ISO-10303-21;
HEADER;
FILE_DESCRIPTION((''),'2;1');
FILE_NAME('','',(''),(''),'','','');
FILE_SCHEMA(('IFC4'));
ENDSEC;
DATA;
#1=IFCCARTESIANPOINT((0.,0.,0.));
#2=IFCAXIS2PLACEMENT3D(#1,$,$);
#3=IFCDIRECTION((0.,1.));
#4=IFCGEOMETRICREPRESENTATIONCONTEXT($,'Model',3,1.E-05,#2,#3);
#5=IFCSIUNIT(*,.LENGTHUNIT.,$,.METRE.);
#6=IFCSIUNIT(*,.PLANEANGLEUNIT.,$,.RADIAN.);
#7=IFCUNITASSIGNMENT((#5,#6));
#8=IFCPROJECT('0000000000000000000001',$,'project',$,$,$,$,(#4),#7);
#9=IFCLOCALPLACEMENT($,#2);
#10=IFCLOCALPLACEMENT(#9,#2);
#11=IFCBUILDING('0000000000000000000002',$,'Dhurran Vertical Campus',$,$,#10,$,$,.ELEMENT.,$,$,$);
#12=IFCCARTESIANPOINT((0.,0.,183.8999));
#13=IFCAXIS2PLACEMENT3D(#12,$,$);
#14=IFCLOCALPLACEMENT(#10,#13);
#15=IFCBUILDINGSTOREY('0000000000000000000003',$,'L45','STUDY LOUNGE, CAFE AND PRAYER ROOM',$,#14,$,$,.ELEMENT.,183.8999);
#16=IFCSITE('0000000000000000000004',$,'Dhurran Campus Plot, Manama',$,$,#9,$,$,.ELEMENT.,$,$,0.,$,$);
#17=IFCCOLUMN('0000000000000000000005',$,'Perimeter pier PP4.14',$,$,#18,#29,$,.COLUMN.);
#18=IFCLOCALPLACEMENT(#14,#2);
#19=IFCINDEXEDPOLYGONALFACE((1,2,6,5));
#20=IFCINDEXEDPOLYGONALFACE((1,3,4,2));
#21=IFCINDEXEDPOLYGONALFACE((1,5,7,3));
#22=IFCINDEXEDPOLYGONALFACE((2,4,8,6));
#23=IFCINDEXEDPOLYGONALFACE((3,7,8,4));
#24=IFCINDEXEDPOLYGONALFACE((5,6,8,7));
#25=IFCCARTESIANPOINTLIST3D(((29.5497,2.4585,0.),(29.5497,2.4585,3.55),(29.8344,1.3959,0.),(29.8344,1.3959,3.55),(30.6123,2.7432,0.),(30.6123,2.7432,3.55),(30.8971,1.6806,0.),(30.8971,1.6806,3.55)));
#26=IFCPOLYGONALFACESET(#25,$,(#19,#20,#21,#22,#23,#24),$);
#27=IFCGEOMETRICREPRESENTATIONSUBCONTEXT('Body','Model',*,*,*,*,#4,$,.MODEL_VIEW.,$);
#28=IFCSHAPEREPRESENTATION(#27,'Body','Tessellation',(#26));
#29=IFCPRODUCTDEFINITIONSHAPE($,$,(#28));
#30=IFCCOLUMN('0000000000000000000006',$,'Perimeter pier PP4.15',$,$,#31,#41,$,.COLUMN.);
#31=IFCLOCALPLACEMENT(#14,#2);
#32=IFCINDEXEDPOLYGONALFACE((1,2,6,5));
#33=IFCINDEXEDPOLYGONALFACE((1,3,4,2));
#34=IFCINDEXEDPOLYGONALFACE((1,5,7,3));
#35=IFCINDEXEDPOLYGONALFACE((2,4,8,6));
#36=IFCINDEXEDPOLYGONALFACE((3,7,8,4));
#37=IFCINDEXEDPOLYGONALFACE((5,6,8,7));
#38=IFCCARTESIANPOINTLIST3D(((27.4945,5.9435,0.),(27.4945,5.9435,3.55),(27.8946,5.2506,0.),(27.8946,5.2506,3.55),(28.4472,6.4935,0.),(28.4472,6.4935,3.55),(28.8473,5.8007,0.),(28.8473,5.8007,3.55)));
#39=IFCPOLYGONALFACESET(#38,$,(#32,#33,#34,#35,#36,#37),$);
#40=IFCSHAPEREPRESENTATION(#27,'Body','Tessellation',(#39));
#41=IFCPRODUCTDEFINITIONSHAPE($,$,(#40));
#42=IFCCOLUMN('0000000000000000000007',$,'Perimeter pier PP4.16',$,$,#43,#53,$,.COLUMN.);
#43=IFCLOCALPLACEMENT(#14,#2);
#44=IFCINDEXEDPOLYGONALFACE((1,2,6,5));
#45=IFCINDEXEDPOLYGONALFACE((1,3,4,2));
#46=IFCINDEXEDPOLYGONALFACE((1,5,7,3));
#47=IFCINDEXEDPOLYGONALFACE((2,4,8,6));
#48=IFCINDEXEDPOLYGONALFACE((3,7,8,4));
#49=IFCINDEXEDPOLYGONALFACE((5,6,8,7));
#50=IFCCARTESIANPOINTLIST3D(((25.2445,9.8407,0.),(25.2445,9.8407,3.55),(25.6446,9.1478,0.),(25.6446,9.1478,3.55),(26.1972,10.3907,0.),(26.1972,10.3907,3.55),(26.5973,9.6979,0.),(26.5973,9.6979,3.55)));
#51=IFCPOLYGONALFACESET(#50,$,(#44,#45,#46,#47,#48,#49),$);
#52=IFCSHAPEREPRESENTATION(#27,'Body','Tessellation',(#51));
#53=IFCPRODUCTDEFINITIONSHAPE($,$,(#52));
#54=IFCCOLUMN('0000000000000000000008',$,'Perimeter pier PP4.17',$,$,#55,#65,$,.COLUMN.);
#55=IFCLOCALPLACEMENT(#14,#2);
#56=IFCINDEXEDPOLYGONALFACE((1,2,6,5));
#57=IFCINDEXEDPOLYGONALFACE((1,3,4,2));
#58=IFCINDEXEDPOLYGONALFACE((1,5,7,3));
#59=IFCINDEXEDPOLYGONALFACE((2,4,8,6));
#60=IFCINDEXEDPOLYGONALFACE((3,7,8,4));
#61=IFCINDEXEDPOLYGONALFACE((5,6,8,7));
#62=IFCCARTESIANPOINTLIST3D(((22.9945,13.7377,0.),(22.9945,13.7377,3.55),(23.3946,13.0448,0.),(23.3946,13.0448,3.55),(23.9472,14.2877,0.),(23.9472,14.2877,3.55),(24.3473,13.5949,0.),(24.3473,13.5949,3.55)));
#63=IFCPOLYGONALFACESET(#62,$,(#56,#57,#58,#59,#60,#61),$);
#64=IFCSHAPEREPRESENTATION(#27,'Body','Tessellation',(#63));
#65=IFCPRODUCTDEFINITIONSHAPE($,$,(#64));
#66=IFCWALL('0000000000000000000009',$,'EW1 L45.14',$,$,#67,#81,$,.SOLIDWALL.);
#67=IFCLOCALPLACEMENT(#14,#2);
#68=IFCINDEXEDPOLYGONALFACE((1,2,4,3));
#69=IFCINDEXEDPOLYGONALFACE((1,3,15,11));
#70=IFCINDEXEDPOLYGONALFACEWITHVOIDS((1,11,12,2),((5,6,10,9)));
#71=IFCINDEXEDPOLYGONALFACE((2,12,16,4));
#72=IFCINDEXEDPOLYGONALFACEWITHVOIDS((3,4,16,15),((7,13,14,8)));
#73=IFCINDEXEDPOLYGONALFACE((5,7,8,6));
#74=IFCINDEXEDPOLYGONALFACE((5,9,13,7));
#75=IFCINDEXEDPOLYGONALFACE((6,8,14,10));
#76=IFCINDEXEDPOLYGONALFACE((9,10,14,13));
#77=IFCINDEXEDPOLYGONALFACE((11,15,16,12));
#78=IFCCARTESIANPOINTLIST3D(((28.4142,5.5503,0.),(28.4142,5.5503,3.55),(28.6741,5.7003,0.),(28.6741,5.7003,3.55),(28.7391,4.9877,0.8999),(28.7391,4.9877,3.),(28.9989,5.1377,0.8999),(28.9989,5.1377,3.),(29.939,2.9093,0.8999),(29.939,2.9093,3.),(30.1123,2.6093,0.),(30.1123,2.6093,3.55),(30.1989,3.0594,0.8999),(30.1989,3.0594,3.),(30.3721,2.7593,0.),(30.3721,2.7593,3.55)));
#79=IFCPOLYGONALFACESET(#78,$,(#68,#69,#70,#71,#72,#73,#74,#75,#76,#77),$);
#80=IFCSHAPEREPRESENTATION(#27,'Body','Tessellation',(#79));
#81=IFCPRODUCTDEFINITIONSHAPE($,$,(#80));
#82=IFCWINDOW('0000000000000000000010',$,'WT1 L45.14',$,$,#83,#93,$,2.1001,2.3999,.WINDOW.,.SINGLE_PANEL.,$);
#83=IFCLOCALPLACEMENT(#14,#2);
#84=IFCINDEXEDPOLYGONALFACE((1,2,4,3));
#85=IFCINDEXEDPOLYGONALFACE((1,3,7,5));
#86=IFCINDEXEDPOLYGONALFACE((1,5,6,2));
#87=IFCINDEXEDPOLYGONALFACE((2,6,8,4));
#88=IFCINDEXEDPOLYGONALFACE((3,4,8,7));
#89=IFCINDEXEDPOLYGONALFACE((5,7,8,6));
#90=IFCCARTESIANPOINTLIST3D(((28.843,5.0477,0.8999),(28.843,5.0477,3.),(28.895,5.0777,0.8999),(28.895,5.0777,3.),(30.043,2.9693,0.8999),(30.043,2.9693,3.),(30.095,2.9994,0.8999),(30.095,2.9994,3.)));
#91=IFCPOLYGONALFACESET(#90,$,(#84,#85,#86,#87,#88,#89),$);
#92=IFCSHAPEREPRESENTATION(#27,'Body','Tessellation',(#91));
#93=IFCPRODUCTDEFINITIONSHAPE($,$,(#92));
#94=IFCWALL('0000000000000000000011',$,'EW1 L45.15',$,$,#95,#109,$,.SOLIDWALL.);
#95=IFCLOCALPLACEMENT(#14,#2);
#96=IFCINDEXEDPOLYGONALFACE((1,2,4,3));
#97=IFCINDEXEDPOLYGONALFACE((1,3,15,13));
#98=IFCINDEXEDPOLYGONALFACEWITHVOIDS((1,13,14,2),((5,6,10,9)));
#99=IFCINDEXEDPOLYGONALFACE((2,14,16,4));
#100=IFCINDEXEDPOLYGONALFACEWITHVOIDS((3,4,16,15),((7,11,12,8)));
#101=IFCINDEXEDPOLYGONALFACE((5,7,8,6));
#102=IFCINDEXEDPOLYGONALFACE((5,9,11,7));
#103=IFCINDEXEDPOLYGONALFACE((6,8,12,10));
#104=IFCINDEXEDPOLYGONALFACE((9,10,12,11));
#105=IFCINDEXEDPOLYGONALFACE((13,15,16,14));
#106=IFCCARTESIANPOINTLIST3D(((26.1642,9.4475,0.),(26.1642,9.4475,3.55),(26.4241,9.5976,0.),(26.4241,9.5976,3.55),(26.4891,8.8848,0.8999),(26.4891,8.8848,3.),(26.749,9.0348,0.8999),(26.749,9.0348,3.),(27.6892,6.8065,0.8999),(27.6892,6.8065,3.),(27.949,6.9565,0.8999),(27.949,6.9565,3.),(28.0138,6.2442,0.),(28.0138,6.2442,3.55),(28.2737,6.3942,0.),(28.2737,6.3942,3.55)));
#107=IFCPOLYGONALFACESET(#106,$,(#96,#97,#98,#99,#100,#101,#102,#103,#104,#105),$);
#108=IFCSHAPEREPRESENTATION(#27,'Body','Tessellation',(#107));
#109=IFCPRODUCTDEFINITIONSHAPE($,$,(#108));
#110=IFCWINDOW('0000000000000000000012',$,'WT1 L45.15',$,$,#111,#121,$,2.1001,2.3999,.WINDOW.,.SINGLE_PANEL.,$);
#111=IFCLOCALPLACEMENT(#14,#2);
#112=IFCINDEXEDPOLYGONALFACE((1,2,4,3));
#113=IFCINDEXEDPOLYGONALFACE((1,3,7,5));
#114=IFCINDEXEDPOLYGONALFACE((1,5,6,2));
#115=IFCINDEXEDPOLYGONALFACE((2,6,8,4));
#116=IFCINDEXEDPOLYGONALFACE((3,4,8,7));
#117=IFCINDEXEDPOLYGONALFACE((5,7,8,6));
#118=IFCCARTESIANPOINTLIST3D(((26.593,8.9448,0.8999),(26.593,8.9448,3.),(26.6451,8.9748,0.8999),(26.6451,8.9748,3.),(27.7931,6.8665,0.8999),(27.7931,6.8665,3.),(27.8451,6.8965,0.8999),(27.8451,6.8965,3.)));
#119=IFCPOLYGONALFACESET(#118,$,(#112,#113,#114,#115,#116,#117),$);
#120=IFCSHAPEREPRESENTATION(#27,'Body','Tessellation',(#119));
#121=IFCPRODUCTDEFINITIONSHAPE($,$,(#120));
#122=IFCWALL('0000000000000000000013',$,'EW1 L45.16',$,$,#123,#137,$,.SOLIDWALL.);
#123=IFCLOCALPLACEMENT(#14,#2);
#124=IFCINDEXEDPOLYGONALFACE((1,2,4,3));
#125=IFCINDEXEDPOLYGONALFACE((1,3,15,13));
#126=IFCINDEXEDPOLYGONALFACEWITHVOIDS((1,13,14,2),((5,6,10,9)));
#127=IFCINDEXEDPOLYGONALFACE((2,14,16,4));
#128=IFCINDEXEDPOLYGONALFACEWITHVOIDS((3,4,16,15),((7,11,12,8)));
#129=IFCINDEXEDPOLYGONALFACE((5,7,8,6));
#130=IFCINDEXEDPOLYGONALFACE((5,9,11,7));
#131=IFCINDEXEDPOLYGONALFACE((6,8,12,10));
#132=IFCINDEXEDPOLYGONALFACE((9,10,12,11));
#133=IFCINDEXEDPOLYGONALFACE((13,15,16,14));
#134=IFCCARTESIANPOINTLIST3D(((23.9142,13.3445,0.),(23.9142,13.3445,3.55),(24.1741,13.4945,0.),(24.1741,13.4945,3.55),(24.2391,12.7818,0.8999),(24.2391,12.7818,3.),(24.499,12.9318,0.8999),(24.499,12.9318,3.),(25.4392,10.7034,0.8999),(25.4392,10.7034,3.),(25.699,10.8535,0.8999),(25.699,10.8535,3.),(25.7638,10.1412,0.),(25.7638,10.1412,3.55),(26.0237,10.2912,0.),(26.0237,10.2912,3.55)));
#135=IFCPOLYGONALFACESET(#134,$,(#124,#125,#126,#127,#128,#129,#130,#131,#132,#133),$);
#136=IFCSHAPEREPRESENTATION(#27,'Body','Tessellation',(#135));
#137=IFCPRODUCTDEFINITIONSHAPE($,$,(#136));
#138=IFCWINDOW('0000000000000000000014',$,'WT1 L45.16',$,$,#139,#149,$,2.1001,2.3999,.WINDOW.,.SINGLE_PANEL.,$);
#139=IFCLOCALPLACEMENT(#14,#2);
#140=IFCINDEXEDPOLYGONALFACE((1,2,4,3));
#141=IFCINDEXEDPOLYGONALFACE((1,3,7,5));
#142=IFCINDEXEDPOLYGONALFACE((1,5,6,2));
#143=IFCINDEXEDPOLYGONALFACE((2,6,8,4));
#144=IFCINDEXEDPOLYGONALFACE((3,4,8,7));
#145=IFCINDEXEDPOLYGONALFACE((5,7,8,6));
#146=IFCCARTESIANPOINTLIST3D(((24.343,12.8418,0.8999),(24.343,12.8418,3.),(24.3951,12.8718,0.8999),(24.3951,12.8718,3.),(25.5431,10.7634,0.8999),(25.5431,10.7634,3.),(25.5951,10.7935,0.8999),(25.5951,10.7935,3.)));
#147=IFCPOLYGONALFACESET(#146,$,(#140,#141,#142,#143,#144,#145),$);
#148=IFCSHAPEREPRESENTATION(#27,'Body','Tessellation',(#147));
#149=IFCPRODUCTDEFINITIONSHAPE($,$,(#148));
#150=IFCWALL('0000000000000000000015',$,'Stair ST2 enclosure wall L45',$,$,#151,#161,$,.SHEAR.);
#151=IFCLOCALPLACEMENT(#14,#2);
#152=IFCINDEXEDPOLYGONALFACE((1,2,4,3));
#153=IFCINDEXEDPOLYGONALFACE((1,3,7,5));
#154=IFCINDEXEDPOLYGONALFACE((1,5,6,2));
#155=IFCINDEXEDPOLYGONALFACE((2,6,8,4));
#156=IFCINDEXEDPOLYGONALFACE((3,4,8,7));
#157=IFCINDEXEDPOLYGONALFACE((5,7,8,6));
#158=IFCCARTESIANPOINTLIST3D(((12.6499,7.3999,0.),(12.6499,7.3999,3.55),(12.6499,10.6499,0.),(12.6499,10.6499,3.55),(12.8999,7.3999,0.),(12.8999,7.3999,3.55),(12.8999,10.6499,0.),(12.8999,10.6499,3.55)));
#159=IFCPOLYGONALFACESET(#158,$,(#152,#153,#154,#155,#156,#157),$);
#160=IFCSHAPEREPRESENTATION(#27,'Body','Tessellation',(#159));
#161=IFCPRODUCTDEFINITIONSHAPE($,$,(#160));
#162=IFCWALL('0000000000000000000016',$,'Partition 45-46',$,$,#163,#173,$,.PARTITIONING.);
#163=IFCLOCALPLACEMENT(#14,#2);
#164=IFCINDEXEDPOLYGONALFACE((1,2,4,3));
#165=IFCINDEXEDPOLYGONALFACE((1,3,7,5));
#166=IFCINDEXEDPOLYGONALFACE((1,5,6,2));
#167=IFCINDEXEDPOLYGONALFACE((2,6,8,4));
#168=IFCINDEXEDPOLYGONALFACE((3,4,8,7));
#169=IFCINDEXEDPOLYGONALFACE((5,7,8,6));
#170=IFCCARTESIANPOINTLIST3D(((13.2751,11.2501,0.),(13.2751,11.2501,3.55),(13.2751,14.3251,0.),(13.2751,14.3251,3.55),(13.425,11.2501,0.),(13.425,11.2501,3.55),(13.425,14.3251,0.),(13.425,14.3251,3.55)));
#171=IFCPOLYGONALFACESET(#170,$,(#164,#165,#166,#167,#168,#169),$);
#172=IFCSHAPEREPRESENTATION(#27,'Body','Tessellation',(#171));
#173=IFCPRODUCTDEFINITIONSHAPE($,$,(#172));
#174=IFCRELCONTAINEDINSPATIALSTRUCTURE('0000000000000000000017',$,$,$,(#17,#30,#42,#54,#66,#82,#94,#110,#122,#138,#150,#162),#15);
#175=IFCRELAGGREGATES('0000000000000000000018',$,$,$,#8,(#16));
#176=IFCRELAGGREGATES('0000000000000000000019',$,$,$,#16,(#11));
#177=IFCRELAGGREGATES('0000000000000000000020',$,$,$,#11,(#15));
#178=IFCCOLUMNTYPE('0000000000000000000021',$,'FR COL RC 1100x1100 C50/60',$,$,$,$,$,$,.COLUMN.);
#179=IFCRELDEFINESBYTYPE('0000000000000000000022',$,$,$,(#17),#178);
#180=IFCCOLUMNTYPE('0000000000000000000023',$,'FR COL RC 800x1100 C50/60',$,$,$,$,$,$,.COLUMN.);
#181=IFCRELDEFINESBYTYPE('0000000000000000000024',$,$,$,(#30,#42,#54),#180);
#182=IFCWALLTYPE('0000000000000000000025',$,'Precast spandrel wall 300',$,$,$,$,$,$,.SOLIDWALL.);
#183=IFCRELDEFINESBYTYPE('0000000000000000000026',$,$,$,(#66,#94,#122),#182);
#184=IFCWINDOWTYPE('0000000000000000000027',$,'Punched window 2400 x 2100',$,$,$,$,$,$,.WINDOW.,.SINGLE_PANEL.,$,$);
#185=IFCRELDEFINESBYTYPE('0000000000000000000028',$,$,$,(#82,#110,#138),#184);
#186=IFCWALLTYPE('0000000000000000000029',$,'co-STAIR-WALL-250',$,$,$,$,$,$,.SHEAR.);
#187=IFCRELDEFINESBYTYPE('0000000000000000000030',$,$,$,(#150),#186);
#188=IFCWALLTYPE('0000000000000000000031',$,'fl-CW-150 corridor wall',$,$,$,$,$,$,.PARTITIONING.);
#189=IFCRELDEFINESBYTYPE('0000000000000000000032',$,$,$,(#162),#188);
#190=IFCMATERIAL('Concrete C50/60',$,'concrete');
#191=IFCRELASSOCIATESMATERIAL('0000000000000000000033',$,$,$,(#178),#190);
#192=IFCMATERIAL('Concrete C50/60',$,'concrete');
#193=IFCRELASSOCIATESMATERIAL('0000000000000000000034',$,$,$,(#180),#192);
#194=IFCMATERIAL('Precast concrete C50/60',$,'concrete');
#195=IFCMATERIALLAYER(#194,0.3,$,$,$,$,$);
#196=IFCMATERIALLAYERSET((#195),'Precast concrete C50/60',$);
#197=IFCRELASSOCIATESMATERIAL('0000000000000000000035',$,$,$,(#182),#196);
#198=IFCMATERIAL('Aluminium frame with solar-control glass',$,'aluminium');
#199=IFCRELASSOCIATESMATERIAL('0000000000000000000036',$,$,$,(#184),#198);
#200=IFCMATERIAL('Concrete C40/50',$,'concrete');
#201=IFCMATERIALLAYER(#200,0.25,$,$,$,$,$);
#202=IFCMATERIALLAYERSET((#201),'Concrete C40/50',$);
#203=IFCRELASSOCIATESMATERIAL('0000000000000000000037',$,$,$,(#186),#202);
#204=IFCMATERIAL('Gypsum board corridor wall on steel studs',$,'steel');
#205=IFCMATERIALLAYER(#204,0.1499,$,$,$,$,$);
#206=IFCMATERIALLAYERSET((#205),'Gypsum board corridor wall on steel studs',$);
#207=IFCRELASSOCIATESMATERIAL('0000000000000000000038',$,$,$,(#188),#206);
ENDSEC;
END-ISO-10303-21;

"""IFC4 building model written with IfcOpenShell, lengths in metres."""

from ifc_helpers import new_model, si_unit, direction, frame, frame_2d, origin, origin_2d, place, context, subcontext, project, spatial, rectangle, extrude, material, layer, layer_set, material_profile, profile_set, type_object, element, fill, save


model = new_model("IFC4")

# Units and contexts
model_context = context("Model", 3, precision=1e-05, world=origin(), true_north=direction((0.0, 1.0)))
body_context = subcontext(model_context, "Body", "Model", "MODEL_VIEW")
ifc_project = project(units=[si_unit("LENGTHUNIT", "METRE"), si_unit("PLANEANGLEUNIT", "RADIAN")], contexts=[model_context])

# Site, building, storey
site_placement = place(None, origin())
site = spatial("IfcSite", under=ifc_project, at=site_placement, Name="Dhurran Campus Plot, Manama", CompositionType="ELEMENT", RefElevation=0.0)
building_placement = place(site_placement, origin())
building = spatial("IfcBuilding", under=site, at=building_placement, Name="Dhurran Vertical Campus", CompositionType="ELEMENT")
storey_placement = place(building_placement, frame((0.0, 0.0, 183.8999)))
storey = spatial("IfcBuildingStorey", under=building, at=storey_placement, Name="L45", Description="STUDY LOUNGE, CAFE AND PRAYER ROOM", CompositionType="ELEMENT", Elevation=183.8999)

# Columns
ifc_material_1 = material(Name="Concrete C50/60", Category="concrete")
ifc_material_profile_1 = material_profile(ifc_material_1, rectangle(XDim=1.1001, YDim=1.1001, at=origin_2d()), Name="RC 1100x1100")
ifc_profile_set_1 = profile_set([ifc_material_profile_1], Name="Concrete C50/60")
column_type_1 = type_object("IfcColumnType", Name="FR COL RC 1100x1100 C50/60", PredefinedType="COLUMN", material=ifc_profile_set_1)
column_placement = place(storey_placement, frame((30.2234, 2.0696, 0.0), z_axis=(0.0, 0.0, 1.0), x_axis=(-0.258819, 0.965926, 0.0)))
element("IfcColumn", 1, at=column_placement, inside=storey, type_object=column_type_1, Name="Perimeter pier PP4.14", PredefinedType="COLUMN", context=body_context, shape_type="SweptSolid", body=[
    extrude(rectangle(XDim=1.1001, YDim=1.1001, at=origin_2d()), origin(), (0.0, 0.0, 1.0), 3.55),
])
ifc_material_2 = material(Name="Concrete C50/60", Category="concrete")
ifc_material_profile_2 = material_profile(ifc_material_2, rectangle(XDim=0.8, YDim=1.1001, at=origin_2d()), Name="RC 800x1100")
ifc_profile_set_2 = profile_set([ifc_material_profile_2], Name="Concrete C50/60")
column_type_2 = type_object("IfcColumnType", Name="FR COL RC 800x1100 C50/60", PredefinedType="COLUMN", material=ifc_profile_set_2)
for number, where, z_axis, x_axis, name in (
    (2, (28.1709, 5.8721, 0.0), (0.0, 0.0, 1.0), (-0.5, 0.866025, 0.0), "Perimeter pier PP4.15"),
    (3, (25.9209, 9.7693, 0.0), (0.0, 0.0, 1.0), (-0.5, 0.866025, 0.0), "Perimeter pier PP4.16"),
    (4, (23.6709, 13.6663, 0.0), (0.0, 0.0, 1.0), (-0.5, 0.866025, 0.0), "Perimeter pier PP4.17"),
):
    element("IfcColumn", number, at=place(storey_placement, frame(where, z_axis=z_axis, x_axis=x_axis)), inside=storey, type_object=column_type_2, Name=name, PredefinedType="COLUMN", context=body_context, shape_type="SweptSolid", body=[
        extrude(rectangle(XDim=0.8, YDim=1.1001, at=origin_2d()), origin(), (0.0, 0.0, 1.0), 3.55),
    ])

# Walls, openings, windows
ifc_material_3 = material(Name="Precast concrete C50/60", Category="concrete")
ifc_layer_1 = layer(ifc_material_3, 0.3)
ifc_layer_set_1 = layer_set([ifc_layer_1], Name="Precast concrete C50/60")
wall_type_1 = type_object("IfcWallType", Name="Precast spandrel wall 300", PredefinedType="SOLIDWALL", material=ifc_layer_set_1)
wall_1_placement = place(storey_placement, frame((30.2422, 2.6843, 0.0), z_axis=(0.0, 0.0, 1.0), x_axis=(-0.500013, 0.866018, 0.0)))
wall_1 = element("IfcWall", 5, at=wall_1_placement, inside=storey, type_object=wall_type_1, Name="EW1 L45.14", PredefinedType="SOLIDWALL", context=body_context, shape_type="SweptSolid", body=[
    extrude(rectangle(XDim=3.396, YDim=0.3, at=frame_2d((1.698, 0.0))), origin(), (0.0, 0.0, 1.0), 3.55),
])
opening_1_placement = place(wall_1_placement, frame((0.3464, 0.0, 0.8999)))
opening_1 = element("IfcOpeningElement", 6, at=opening_1_placement, cuts=wall_1, PredefinedType="OPENING", context=body_context, shape_type="SweptSolid", body=[
    extrude(rectangle(XDim=2.3999, YDim=2.1001, at=frame_2d((1.2, 1.05))), frame((0.0, 0.1599, 0.0), z_axis=(0.0, -1.0, 0.0), x_axis=(1.0, 0.0, 0.0)), (0.0, 0.0, 1.0), 0.3201),
])
ifc_material_4 = material(Name="Aluminium frame with solar-control glass", Category="aluminium")
window_type = type_object("IfcWindowType", Name="Punched window 2400 x 2100", PartitioningType="SINGLE_PANEL", PredefinedType="WINDOW", material=ifc_material_4)
window_1_placement = place(opening_1_placement, origin())
window_1 = element("IfcWindow", 7, at=window_1_placement, inside=storey, type_object=window_type, Name="WT1 L45.14", OverallHeight=2.1001, OverallWidth=2.3999, PartitioningType="SINGLE_PANEL", PredefinedType="WINDOW", context=body_context, shape_type="SweptSolid", body=[
    extrude(rectangle(XDim=2.3999, YDim=2.1001, at=frame_2d((1.2, 1.05))), frame((0.0, 0.03, 0.0), z_axis=(0.0, -1.0, 0.0), x_axis=(1.0, 0.0, 0.0)), (0.0, 0.0, 1.0), 0.0601),
])
fill(opening_1, window_1)
wall_2_placement = place(storey_placement, frame((28.1438, 6.3191, 0.0), z_axis=(0.0, 0.0, 1.0), x_axis=(-0.500029, 0.866009, 0.0)))
wall_2 = element("IfcWall", 8, at=wall_2_placement, inside=storey, type_object=wall_type_1, Name="EW1 L45.15", PredefinedType="SOLIDWALL", context=body_context, shape_type="SweptSolid", body=[
    extrude(rectangle(XDim=3.699, YDim=0.3, at=frame_2d((1.8496, 0.0))), origin(), (0.0, 0.0, 1.0), 3.55),
])
opening_2_placement = place(wall_2_placement, frame((0.6494, 0.0, 0.8999)))
opening_2 = element("IfcOpeningElement", 9, at=opening_2_placement, cuts=wall_2, PredefinedType="OPENING", context=body_context, shape_type="SweptSolid", body=[
    extrude(rectangle(XDim=2.3999, YDim=2.1001, at=frame_2d((1.2, 1.05))), frame((0.0, 0.1599, 0.0), z_axis=(0.0, -1.0, 0.0), x_axis=(1.0, 0.0, 0.0)), (0.0, 0.0, 1.0), 0.3201),
])
window_2_placement = place(opening_2_placement, origin())
window_2 = element("IfcWindow", 10, at=window_2_placement, inside=storey, type_object=window_type, Name="WT1 L45.15", OverallHeight=2.1001, OverallWidth=2.3999, PartitioningType="SINGLE_PANEL", PredefinedType="WINDOW", context=body_context, shape_type="SweptSolid", body=[
    extrude(rectangle(XDim=2.3999, YDim=2.1001, at=frame_2d((1.2, 1.05))), frame((0.0, 0.03, 0.0), z_axis=(0.0, -1.0, 0.0), x_axis=(1.0, 0.0, 0.0)), (0.0, 0.0, 1.0), 0.0601),
])
fill(opening_2, window_2)
wall_3_placement = place(storey_placement, frame((25.8938, 10.2161, 0.0), z_axis=(0.0, 0.0, 1.0), x_axis=(-0.500029, 0.866009, 0.0)))
wall_3 = element("IfcWall", 11, at=wall_3_placement, inside=storey, type_object=wall_type_1, Name="EW1 L45.16", PredefinedType="SOLIDWALL", context=body_context, shape_type="SweptSolid", body=[
    extrude(rectangle(XDim=3.699, YDim=0.3, at=frame_2d((1.8496, 0.0))), origin(), (0.0, 0.0, 1.0), 3.55),
])
opening_3_placement = place(wall_3_placement, frame((0.6494, 0.0, 0.8999)))
opening_3 = element("IfcOpeningElement", 12, at=opening_3_placement, cuts=wall_3, PredefinedType="OPENING", context=body_context, shape_type="SweptSolid", body=[
    extrude(rectangle(XDim=2.3999, YDim=2.1001, at=frame_2d((1.2, 1.05))), frame((0.0, 0.1599, 0.0), z_axis=(0.0, -1.0, 0.0), x_axis=(1.0, 0.0, 0.0)), (0.0, 0.0, 1.0), 0.3201),
])
window_3_placement = place(opening_3_placement, origin())
window_3 = element("IfcWindow", 13, at=window_3_placement, inside=storey, type_object=window_type, Name="WT1 L45.16", OverallHeight=2.1001, OverallWidth=2.3999, PartitioningType="SINGLE_PANEL", PredefinedType="WINDOW", context=body_context, shape_type="SweptSolid", body=[
    extrude(rectangle(XDim=2.3999, YDim=2.1001, at=frame_2d((1.2, 1.05))), frame((0.0, 0.03, 0.0), z_axis=(0.0, -1.0, 0.0), x_axis=(1.0, 0.0, 0.0)), (0.0, 0.0, 1.0), 0.0601),
])
fill(opening_3, window_3)

# Walls
ifc_material_5 = material(Name="Concrete C40/50", Category="concrete")
ifc_layer_2 = layer(ifc_material_5, 0.25)
ifc_layer_set_2 = layer_set([ifc_layer_2], Name="Concrete C40/50")
wall_type_2 = type_object("IfcWallType", Name="co-STAIR-WALL-250", PredefinedType="SHEAR", material=ifc_layer_set_2)
wall_4_placement = place(storey_placement, frame((12.7749, 7.3999, 0.0), z_axis=(0.0, 0.0, 1.0), x_axis=(0.0, 1.0, 0.0)))
element("IfcWall", 14, at=wall_4_placement, inside=storey, type_object=wall_type_2, Name="Stair ST2 enclosure wall L45", PredefinedType="SHEAR", context=body_context, shape_type="SweptSolid", body=[
    extrude(rectangle(XDim=3.25, YDim=0.25, at=frame_2d((1.625, 0.0))), origin(), (0.0, 0.0, 1.0), 3.55),
])
ifc_material_6 = material(Name="Gypsum board corridor wall on steel studs", Category="steel")
ifc_layer_3 = layer(ifc_material_6, 0.1499)
ifc_layer_set_3 = layer_set([ifc_layer_3], Name="Gypsum board corridor wall on steel studs")
wall_type_3 = type_object("IfcWallType", Name="fl-CW-150 corridor wall", PredefinedType="PARTITIONING", material=ifc_layer_set_3)
for number, where, z_axis, x_axis, name in (
    (15, (13.3501, 11.25, 0.0), (0.0, 0.0, 1.0), (0.0, 1.0, 0.0), "Partition 45-46"),
):
    element("IfcWall", number, at=place(storey_placement, frame(where, z_axis=z_axis, x_axis=x_axis)), inside=storey, type_object=wall_type_3, Name=name, PredefinedType="PARTITIONING", context=body_context, shape_type="SweptSolid", body=[
        extrude(rectangle(XDim=3.075, YDim=0.1499, at=frame_2d((1.5376, 0.0))), origin(), (0.0, 0.0, 1.0), 3.55),
    ])

save(model, "model.ifc")
